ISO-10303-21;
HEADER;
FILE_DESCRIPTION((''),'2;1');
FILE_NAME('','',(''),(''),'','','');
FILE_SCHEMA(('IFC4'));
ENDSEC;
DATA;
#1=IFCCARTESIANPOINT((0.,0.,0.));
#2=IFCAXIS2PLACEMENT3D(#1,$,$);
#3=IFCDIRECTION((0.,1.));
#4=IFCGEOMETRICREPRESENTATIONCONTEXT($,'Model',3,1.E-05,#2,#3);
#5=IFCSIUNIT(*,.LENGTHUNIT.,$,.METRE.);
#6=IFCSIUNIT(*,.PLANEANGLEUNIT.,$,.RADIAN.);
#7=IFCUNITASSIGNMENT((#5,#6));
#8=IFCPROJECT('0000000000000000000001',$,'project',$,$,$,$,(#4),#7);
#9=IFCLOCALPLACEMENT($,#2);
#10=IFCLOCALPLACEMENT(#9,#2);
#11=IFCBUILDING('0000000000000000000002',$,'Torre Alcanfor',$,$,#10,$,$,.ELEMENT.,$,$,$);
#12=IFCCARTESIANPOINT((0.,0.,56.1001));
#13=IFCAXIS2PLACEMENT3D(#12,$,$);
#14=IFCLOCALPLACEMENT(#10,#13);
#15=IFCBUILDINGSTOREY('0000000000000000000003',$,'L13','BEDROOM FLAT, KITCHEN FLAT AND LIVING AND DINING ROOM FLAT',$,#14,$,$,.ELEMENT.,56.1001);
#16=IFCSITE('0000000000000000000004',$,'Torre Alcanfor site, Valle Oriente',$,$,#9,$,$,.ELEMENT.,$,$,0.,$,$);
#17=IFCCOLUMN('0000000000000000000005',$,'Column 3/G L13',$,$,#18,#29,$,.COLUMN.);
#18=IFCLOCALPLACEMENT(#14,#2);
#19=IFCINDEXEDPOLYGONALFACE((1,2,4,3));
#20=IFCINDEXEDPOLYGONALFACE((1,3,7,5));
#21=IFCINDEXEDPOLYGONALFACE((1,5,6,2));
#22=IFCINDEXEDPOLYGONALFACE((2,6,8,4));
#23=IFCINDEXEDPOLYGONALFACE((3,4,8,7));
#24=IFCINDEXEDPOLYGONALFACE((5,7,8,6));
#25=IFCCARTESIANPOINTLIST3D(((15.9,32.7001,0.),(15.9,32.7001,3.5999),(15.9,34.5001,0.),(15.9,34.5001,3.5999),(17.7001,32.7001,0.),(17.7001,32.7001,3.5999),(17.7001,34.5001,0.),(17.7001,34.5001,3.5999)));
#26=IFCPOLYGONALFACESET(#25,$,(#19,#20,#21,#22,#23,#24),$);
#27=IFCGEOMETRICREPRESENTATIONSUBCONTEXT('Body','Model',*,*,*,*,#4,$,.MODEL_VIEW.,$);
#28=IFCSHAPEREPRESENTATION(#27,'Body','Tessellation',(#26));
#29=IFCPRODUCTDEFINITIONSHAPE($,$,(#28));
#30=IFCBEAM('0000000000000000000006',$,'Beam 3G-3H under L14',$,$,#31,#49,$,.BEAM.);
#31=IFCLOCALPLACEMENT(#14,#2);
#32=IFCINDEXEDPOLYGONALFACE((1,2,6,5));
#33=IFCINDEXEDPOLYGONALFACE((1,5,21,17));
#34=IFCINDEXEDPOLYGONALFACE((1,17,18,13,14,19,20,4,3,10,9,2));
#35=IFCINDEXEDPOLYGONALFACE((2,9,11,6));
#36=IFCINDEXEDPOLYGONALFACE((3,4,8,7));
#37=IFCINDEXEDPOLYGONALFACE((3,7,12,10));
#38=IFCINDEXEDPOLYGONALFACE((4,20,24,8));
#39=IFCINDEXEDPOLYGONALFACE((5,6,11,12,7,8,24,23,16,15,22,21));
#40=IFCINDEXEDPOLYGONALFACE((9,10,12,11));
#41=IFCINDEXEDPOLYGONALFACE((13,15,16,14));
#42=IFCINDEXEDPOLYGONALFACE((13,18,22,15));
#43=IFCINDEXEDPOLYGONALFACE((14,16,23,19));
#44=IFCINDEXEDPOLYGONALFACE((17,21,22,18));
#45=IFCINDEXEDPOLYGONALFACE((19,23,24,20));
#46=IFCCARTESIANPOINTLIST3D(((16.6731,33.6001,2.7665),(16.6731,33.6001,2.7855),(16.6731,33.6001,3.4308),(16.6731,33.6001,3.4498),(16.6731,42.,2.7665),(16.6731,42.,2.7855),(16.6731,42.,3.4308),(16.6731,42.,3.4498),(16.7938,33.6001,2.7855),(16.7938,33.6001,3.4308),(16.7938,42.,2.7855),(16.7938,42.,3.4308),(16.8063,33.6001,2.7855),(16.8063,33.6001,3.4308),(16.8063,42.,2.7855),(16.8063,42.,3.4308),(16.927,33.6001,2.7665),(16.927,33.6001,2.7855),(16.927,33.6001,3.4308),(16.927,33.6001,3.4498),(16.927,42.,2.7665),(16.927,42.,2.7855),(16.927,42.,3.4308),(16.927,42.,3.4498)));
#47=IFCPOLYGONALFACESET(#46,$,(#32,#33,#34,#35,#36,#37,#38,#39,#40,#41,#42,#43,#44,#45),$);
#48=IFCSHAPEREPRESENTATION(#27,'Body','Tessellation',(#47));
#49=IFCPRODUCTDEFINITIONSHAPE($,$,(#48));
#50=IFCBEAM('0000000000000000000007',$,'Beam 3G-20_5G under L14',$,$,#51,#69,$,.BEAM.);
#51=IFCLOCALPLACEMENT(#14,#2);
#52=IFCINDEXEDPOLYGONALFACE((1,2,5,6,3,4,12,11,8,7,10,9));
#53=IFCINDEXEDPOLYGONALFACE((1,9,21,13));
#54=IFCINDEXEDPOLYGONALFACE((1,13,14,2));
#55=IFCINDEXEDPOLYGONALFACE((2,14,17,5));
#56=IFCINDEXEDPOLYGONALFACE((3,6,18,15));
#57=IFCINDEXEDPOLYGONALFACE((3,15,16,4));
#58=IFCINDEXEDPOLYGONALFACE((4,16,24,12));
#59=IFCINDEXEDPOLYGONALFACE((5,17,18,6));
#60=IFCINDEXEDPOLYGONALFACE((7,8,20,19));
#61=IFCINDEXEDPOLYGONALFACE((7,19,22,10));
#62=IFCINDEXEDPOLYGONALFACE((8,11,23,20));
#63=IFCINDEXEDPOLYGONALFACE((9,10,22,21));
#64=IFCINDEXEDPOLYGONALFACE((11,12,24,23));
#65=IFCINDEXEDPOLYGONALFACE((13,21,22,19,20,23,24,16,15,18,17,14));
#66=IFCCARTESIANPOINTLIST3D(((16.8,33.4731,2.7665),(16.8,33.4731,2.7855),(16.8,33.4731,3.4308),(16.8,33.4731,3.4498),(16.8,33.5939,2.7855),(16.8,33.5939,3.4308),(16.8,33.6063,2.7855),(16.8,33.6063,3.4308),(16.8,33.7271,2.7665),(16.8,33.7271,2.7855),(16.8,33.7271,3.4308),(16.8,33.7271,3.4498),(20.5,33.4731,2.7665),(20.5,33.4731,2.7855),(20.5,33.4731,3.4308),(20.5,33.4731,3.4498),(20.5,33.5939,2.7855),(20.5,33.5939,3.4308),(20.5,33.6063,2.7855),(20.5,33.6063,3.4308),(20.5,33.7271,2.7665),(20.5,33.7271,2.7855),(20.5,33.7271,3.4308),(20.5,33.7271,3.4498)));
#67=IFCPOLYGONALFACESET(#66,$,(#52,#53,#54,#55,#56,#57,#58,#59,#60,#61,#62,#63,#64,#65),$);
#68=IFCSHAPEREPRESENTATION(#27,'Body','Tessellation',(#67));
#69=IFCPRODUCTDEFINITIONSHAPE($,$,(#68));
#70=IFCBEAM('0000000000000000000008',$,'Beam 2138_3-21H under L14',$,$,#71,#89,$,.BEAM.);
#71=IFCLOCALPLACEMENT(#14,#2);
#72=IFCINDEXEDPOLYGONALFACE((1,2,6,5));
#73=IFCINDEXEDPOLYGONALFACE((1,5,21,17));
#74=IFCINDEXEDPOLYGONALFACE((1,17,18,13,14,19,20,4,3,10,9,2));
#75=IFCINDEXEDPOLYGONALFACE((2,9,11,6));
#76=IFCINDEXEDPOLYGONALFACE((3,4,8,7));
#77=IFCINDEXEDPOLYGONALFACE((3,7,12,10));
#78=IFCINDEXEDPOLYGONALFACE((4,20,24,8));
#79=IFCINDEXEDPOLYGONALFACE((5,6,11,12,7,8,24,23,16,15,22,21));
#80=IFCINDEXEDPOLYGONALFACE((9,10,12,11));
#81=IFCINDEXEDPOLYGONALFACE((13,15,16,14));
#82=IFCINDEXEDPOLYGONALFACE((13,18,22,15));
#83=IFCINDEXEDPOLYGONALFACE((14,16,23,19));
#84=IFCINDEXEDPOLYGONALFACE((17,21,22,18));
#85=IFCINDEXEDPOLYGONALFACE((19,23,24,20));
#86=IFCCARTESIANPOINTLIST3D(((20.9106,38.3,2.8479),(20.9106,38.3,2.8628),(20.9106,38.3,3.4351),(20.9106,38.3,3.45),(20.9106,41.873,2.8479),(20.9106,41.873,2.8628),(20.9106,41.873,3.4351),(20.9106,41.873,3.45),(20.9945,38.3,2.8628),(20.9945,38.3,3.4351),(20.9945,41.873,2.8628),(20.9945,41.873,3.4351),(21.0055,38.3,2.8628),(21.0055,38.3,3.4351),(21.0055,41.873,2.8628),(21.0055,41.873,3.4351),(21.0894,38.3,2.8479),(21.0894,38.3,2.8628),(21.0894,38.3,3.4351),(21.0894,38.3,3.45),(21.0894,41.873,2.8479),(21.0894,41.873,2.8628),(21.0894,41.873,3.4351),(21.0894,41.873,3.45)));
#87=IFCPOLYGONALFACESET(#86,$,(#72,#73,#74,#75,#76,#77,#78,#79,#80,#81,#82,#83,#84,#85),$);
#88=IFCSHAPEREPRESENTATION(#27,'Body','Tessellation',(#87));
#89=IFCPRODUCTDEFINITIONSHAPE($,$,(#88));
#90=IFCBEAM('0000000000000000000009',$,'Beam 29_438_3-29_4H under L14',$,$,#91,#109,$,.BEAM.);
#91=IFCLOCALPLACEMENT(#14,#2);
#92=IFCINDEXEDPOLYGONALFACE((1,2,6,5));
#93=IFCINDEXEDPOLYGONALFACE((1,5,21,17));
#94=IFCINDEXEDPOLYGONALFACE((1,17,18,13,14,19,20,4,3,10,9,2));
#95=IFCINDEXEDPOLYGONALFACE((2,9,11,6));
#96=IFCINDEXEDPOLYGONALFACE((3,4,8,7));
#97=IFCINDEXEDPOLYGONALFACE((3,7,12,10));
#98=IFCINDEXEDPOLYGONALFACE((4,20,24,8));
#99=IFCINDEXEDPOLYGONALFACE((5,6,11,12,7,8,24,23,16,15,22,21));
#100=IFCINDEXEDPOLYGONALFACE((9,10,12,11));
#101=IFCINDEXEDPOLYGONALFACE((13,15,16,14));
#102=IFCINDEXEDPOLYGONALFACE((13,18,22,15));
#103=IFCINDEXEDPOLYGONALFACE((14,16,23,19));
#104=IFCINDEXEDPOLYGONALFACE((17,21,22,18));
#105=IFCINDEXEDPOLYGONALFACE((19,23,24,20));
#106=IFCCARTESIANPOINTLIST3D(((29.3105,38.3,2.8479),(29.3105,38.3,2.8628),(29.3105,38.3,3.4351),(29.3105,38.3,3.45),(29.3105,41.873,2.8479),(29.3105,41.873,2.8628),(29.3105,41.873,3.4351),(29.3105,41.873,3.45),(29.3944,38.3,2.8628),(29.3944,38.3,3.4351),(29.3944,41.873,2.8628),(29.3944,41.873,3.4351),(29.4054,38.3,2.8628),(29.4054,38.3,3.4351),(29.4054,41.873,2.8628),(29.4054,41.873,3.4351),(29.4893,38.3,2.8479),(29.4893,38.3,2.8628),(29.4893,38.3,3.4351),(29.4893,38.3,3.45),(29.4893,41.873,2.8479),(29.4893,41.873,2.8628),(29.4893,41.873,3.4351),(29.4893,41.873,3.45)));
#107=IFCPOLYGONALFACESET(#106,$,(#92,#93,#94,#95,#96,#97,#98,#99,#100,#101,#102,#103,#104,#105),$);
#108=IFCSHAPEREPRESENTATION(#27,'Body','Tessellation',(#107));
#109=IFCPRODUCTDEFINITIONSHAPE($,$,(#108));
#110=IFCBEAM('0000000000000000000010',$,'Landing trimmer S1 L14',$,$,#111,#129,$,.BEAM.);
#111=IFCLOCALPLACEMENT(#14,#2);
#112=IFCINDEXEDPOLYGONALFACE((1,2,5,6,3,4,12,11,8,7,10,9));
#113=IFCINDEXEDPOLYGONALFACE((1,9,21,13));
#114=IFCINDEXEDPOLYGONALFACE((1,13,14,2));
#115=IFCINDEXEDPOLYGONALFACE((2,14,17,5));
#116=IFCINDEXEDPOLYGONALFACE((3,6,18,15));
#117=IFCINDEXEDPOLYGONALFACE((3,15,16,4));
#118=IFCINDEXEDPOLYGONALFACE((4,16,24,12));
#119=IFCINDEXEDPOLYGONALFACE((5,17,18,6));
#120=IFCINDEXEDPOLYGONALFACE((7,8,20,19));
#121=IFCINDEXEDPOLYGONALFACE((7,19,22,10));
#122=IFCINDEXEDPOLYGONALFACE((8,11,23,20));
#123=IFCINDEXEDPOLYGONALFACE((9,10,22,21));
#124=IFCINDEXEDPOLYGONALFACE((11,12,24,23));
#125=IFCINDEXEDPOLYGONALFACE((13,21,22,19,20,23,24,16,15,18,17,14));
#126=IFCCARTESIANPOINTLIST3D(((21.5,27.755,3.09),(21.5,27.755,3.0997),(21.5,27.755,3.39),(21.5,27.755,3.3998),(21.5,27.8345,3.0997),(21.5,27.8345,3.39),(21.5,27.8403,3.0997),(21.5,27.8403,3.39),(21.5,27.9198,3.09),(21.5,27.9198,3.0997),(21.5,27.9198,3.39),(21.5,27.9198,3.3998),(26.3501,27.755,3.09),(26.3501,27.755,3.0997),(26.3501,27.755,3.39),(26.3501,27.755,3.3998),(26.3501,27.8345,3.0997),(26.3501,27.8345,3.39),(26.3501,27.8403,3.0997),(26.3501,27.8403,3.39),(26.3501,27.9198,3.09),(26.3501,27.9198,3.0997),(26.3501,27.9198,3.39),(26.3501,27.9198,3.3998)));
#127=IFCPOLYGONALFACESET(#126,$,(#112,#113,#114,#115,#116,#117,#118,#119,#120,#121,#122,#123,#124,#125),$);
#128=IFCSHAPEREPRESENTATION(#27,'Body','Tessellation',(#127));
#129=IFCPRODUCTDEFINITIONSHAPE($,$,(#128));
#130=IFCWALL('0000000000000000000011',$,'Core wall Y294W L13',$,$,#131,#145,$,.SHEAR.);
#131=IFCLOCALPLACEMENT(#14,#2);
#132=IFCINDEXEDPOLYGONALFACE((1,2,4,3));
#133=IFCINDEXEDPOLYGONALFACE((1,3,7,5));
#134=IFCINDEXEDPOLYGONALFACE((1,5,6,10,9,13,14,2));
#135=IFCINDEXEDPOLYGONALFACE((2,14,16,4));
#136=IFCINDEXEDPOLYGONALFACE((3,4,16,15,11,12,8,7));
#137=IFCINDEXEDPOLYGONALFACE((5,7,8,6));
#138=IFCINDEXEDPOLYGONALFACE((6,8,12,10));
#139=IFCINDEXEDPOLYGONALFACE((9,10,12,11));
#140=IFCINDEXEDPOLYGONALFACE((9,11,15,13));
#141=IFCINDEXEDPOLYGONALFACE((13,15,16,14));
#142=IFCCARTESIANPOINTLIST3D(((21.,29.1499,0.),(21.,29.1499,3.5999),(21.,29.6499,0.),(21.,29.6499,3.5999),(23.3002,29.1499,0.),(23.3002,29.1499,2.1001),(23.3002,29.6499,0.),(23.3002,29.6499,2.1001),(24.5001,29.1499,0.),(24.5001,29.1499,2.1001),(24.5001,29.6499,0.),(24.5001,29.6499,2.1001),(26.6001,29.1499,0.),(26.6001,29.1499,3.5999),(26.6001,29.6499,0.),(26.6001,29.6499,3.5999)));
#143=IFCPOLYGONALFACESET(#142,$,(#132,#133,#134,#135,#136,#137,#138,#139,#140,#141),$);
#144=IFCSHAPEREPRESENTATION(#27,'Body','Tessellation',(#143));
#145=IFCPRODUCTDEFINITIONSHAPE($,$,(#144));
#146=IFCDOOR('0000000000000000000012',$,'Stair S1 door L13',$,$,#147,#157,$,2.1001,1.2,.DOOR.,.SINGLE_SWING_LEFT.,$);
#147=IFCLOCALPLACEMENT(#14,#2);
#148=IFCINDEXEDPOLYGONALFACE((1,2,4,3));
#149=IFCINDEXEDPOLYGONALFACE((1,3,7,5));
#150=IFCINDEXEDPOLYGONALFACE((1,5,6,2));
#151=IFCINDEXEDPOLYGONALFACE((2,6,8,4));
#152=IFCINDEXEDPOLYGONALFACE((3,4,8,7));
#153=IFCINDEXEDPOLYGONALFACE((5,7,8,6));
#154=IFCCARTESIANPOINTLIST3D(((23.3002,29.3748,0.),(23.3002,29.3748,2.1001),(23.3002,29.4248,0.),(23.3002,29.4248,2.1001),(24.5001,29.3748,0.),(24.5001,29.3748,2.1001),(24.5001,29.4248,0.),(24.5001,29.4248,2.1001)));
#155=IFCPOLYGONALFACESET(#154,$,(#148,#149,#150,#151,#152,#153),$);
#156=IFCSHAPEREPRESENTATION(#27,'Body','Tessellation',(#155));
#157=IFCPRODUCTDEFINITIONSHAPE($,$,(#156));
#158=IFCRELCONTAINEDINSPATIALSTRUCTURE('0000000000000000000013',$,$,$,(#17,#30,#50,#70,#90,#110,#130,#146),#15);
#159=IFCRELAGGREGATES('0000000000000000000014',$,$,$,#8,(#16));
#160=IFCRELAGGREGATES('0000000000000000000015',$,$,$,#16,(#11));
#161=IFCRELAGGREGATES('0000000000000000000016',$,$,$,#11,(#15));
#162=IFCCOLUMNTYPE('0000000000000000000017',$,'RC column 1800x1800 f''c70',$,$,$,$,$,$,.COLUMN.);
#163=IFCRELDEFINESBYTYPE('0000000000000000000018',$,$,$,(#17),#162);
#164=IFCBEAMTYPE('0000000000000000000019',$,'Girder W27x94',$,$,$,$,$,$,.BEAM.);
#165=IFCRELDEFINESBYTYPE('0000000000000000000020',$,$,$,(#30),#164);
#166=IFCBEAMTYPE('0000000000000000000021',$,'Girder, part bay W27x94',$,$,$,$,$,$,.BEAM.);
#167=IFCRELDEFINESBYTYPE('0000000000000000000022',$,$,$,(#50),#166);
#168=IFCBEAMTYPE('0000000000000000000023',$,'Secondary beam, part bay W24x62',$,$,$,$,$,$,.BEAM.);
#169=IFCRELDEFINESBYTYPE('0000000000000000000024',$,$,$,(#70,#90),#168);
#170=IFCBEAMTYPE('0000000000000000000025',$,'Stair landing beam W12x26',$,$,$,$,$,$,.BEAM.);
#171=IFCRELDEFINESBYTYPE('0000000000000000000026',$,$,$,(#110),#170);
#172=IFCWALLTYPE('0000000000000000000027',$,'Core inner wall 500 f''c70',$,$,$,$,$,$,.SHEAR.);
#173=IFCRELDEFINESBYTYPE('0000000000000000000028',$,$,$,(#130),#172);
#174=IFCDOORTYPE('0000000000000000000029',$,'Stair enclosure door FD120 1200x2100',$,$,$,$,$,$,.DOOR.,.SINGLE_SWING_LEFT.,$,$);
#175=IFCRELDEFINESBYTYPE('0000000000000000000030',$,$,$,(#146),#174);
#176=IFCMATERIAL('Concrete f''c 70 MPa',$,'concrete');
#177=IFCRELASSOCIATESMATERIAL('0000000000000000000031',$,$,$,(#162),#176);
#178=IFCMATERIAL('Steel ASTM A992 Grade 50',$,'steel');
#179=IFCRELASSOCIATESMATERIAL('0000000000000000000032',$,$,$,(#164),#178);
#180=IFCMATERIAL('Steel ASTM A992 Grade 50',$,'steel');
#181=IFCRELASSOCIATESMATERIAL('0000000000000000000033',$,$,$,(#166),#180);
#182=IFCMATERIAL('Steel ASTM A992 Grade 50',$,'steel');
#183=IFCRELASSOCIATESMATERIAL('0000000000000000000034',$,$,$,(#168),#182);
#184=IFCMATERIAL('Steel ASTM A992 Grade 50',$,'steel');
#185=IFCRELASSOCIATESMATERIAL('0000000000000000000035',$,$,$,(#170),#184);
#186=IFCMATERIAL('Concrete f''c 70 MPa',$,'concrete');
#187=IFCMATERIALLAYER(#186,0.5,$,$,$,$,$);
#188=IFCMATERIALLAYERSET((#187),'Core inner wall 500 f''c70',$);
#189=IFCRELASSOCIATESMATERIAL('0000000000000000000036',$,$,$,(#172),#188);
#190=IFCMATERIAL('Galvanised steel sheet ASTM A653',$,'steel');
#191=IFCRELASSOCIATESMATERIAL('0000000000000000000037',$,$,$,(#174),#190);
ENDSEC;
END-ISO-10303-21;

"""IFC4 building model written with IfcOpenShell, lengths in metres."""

from ifc_helpers import new_model, si_unit, direction, frame, frame_2d, origin, origin_2d, place, context, subcontext, project, spatial, rectangle, i_section, extrude, material, layer, layer_set, material_profile, profile_set, type_object, element, fill, save


model = new_model("IFC4")

# Units and contexts
model_context = context("Model", 3, precision=1e-05, world=origin(), true_north=direction((0.0, 1.0)))
body_context = subcontext(model_context, "Body", "Model", "MODEL_VIEW")
ifc_project = project(units=[si_unit("LENGTHUNIT", "METRE"), si_unit("PLANEANGLEUNIT", "RADIAN")], contexts=[model_context])

# Site, building, storey
site_placement = place(None, origin())
site = spatial("IfcSite", under=ifc_project, at=site_placement, Name="Torre Alcanfor site, Valle Oriente", CompositionType="ELEMENT", RefElevation=0.0)
building_placement = place(site_placement, origin())
building = spatial("IfcBuilding", under=site, at=building_placement, Name="Torre Alcanfor", CompositionType="ELEMENT")
storey_placement = place(building_placement, frame((0.0, 0.0, 56.1001)))
storey = spatial("IfcBuildingStorey", under=building, at=storey_placement, Name="L13", Description="BEDROOM FLAT, KITCHEN FLAT AND LIVING AND DINING ROOM FLAT", CompositionType="ELEMENT", Elevation=56.1001)

# Column
ifc_material_1 = material(Name="Concrete f'c 70 MPa", Category="concrete")
ifc_material_profile_1 = material_profile(ifc_material_1, rectangle(XDim=1.8, YDim=1.8, at=origin_2d()), Name="1800x1800")
ifc_profile_set_1 = profile_set([ifc_material_profile_1], Name="Concrete f'c 70 MPa")
column_type = type_object("IfcColumnType", Name="RC column 1800x1800 f'c70", PredefinedType="COLUMN", material=ifc_profile_set_1)
column_placement = place(storey_placement, frame((16.8, 33.6001, 0.0), z_axis=(0.0, 0.0, 1.0), x_axis=(1.0, 0.0, 0.0)))
element("IfcColumn", 1, at=column_placement, inside=storey, type_object=column_type, Name="Column 3/G L13", PredefinedType="COLUMN", context=body_context, shape_type="SweptSolid", body=[
    extrude(rectangle(XDim=1.8, YDim=1.8, at=origin_2d()), origin(), (0.0, 0.0, 1.0), 3.5999),
])

# Beams
ifc_material_2 = material(Name="Steel ASTM A992 Grade 50", Category="steel")
ifc_material_profile_2 = material_profile(ifc_material_2, i_section(OverallWidth=0.2539, OverallDepth=0.6833, WebThickness=0.0125, FlangeThickness=0.019, at=origin_2d()), Name="W27x94")
ifc_profile_set_2 = profile_set([ifc_material_profile_2], Name="Steel ASTM A992 Grade 50")
beam_type_1 = type_object("IfcBeamType", Name="Girder W27x94", PredefinedType="BEAM", material=ifc_profile_set_2)
beam_1_placement = place(storey_placement, frame((16.8, 33.6001, 3.1082), z_axis=(0.0, 1.0, 0.0), x_axis=(-1.0, 0.0, 0.0)))
element("IfcBeam", 2, at=beam_1_placement, inside=storey, type_object=beam_type_1, Name="Beam 3G-3H under L14", PredefinedType="BEAM", context=body_context, shape_type="SweptSolid", body=[
    extrude(i_section(OverallWidth=0.2539, OverallDepth=0.6833, WebThickness=0.0125, FlangeThickness=0.019, at=origin_2d()), origin(), (0.0, 0.0, 1.0), 8.3999),
])
ifc_material_3 = material(Name="Steel ASTM A992 Grade 50", Category="steel")
ifc_material_profile_3 = material_profile(ifc_material_3, i_section(OverallWidth=0.2539, OverallDepth=0.6833, WebThickness=0.0125, FlangeThickness=0.019, at=origin_2d()), Name="W27x94")
ifc_profile_set_3 = profile_set([ifc_material_profile_3], Name="Steel ASTM A992 Grade 50")
beam_type_2 = type_object("IfcBeamType", Name="Girder, part bay W27x94", PredefinedType="BEAM", material=ifc_profile_set_3)
beam_2_placement = place(storey_placement, frame((16.8, 33.6001, 3.1082), z_axis=(1.0, 0.0, 0.0), x_axis=(0.0, 1.0, 0.0)))
element("IfcBeam", 3, at=beam_2_placement, inside=storey, type_object=beam_type_2, Name="Beam 3G-20_5G under L14", PredefinedType="BEAM", context=body_context, shape_type="SweptSolid", body=[
    extrude(i_section(OverallWidth=0.2539, OverallDepth=0.6833, WebThickness=0.0125, FlangeThickness=0.019, at=origin_2d()), origin(), (0.0, 0.0, 1.0), 3.7),
])
ifc_material_4 = material(Name="Steel ASTM A992 Grade 50", Category="steel")
ifc_material_profile_4 = material_profile(ifc_material_4, i_section(OverallWidth=0.1787, OverallDepth=0.6021, WebThickness=0.011, FlangeThickness=0.0149, at=origin_2d()), Name="W24x62")
ifc_profile_set_4 = profile_set([ifc_material_profile_4], Name="Steel ASTM A992 Grade 50")
beam_type_3 = type_object("IfcBeamType", Name="Secondary beam, part bay W24x62", PredefinedType="BEAM", material=ifc_profile_set_4)
for number, where, z_axis, x_axis, name in (
    (4, (21.0, 38.3, 3.1489), (0.0, 1.0, 0.0), (-1.0, 0.0, 0.0), "Beam 2138_3-21H under L14"),
    (5, (29.3999, 38.3, 3.1489), (0.0, 1.0, 0.0), (-1.0, 0.0, 0.0), "Beam 29_438_3-29_4H under L14"),
):
    element("IfcBeam", number, at=place(storey_placement, frame(where, z_axis=z_axis, x_axis=x_axis)), inside=storey, type_object=beam_type_3, Name=name, PredefinedType="BEAM", context=body_context, shape_type="SweptSolid", body=[
        extrude(i_section(OverallWidth=0.1787, OverallDepth=0.6021, WebThickness=0.011, FlangeThickness=0.0149, at=origin_2d()), origin(), (0.0, 0.0, 1.0), 3.573),
    ])
ifc_material_5 = material(Name="Steel ASTM A992 Grade 50", Category="steel")
ifc_material_profile_5 = material_profile(ifc_material_5, i_section(OverallWidth=0.1648, OverallDepth=0.3098, WebThickness=0.0059, FlangeThickness=0.0098, at=origin_2d()), Name="W12x26")
ifc_profile_set_5 = profile_set([ifc_material_profile_5], Name="Steel ASTM A992 Grade 50")
beam_type_4 = type_object("IfcBeamType", Name="Stair landing beam W12x26", PredefinedType="BEAM", material=ifc_profile_set_5)
beam_3_placement = place(storey_placement, frame((21.5, 27.8374, 3.2449), z_axis=(1.0, 0.0, 0.0), x_axis=(0.0, 1.0, 0.0)))
element("IfcBeam", 6, at=beam_3_placement, inside=storey, type_object=beam_type_4, Name="Landing trimmer S1 L14", PredefinedType="BEAM", context=body_context, shape_type="SweptSolid", body=[
    extrude(i_section(OverallWidth=0.1648, OverallDepth=0.3098, WebThickness=0.0059, FlangeThickness=0.0098, at=origin_2d()), origin(), (0.0, 0.0, 1.0), 4.8501),
])

# Wall, opening, door
ifc_material_6 = material(Name="Concrete f'c 70 MPa", Category="concrete")
ifc_layer_1 = layer(ifc_material_6, 0.5)
ifc_layer_set_1 = layer_set([ifc_layer_1], Name="Core inner wall 500 f'c70")
wall_type_1 = type_object("IfcWallType", Name="Core inner wall 500 f'c70", PredefinedType="SHEAR", material=ifc_layer_set_1)
wall_1_placement = place(storey_placement, frame((21.0, 29.3999, 0.0), z_axis=(0.0, 0.0, 1.0), x_axis=(1.0, 0.0, 0.0)))
wall_1 = element("IfcWall", 7, at=wall_1_placement, inside=storey, type_object=wall_type_1, Name="Core wall Y294W L13", PredefinedType="SHEAR", context=body_context, shape_type="SweptSolid", body=[
    extrude(rectangle(XDim=5.6001, YDim=0.5, at=frame_2d((2.8, 0.0))), origin(), (0.0, 0.0, 1.0), 3.5999),
])
opening_1_placement = place(wall_1_placement, frame((2.3, 0.0, 0.0)))
opening_1 = element("IfcOpeningElement", 8, at=opening_1_placement, cuts=wall_1, PredefinedType="OPENING", context=body_context, shape_type="SweptSolid", body=[
    extrude(rectangle(XDim=1.2, YDim=2.1001, at=frame_2d((0.6001, 1.05))), frame((0.0, 0.26, 0.0), z_axis=(0.0, -1.0, 0.0), x_axis=(1.0, 0.0, 0.0)), (0.0, 0.0, 1.0), 0.52),
])
ifc_material_7 = material(Name="Galvanised steel sheet ASTM A653", Category="steel")
door_type_1 = type_object("IfcDoorType", Name="Stair enclosure door FD120 1200x2100", OperationType="SINGLE_SWING_LEFT", PredefinedType="DOOR", material=ifc_material_7)
door_1_placement = place(opening_1_placement, frame((1.2, 0.0, 0.0), z_axis=(0.0, 0.0, 1.0), x_axis=(-1.0, 0.0, 0.0)))
door_1 = element("IfcDoor", 9, at=door_1_placement, inside=storey, type_object=door_type_1, Name="Stair S1 door L13", OperationType="SINGLE_SWING_LEFT", OverallHeight=2.1001, OverallWidth=1.2, PredefinedType="DOOR", context=body_context, shape_type="SweptSolid", body=[
    extrude(rectangle(XDim=1.2, YDim=2.1001, at=frame_2d((0.5999, 1.05))), frame((0.0, 0.0251, 0.0), z_axis=(0.0, -1.0, 0.0), x_axis=(1.0, 0.0, 0.0)), (0.0, 0.0, 1.0), 0.05),
])
fill(opening_1, door_1)

save(model, "model.ifc")
